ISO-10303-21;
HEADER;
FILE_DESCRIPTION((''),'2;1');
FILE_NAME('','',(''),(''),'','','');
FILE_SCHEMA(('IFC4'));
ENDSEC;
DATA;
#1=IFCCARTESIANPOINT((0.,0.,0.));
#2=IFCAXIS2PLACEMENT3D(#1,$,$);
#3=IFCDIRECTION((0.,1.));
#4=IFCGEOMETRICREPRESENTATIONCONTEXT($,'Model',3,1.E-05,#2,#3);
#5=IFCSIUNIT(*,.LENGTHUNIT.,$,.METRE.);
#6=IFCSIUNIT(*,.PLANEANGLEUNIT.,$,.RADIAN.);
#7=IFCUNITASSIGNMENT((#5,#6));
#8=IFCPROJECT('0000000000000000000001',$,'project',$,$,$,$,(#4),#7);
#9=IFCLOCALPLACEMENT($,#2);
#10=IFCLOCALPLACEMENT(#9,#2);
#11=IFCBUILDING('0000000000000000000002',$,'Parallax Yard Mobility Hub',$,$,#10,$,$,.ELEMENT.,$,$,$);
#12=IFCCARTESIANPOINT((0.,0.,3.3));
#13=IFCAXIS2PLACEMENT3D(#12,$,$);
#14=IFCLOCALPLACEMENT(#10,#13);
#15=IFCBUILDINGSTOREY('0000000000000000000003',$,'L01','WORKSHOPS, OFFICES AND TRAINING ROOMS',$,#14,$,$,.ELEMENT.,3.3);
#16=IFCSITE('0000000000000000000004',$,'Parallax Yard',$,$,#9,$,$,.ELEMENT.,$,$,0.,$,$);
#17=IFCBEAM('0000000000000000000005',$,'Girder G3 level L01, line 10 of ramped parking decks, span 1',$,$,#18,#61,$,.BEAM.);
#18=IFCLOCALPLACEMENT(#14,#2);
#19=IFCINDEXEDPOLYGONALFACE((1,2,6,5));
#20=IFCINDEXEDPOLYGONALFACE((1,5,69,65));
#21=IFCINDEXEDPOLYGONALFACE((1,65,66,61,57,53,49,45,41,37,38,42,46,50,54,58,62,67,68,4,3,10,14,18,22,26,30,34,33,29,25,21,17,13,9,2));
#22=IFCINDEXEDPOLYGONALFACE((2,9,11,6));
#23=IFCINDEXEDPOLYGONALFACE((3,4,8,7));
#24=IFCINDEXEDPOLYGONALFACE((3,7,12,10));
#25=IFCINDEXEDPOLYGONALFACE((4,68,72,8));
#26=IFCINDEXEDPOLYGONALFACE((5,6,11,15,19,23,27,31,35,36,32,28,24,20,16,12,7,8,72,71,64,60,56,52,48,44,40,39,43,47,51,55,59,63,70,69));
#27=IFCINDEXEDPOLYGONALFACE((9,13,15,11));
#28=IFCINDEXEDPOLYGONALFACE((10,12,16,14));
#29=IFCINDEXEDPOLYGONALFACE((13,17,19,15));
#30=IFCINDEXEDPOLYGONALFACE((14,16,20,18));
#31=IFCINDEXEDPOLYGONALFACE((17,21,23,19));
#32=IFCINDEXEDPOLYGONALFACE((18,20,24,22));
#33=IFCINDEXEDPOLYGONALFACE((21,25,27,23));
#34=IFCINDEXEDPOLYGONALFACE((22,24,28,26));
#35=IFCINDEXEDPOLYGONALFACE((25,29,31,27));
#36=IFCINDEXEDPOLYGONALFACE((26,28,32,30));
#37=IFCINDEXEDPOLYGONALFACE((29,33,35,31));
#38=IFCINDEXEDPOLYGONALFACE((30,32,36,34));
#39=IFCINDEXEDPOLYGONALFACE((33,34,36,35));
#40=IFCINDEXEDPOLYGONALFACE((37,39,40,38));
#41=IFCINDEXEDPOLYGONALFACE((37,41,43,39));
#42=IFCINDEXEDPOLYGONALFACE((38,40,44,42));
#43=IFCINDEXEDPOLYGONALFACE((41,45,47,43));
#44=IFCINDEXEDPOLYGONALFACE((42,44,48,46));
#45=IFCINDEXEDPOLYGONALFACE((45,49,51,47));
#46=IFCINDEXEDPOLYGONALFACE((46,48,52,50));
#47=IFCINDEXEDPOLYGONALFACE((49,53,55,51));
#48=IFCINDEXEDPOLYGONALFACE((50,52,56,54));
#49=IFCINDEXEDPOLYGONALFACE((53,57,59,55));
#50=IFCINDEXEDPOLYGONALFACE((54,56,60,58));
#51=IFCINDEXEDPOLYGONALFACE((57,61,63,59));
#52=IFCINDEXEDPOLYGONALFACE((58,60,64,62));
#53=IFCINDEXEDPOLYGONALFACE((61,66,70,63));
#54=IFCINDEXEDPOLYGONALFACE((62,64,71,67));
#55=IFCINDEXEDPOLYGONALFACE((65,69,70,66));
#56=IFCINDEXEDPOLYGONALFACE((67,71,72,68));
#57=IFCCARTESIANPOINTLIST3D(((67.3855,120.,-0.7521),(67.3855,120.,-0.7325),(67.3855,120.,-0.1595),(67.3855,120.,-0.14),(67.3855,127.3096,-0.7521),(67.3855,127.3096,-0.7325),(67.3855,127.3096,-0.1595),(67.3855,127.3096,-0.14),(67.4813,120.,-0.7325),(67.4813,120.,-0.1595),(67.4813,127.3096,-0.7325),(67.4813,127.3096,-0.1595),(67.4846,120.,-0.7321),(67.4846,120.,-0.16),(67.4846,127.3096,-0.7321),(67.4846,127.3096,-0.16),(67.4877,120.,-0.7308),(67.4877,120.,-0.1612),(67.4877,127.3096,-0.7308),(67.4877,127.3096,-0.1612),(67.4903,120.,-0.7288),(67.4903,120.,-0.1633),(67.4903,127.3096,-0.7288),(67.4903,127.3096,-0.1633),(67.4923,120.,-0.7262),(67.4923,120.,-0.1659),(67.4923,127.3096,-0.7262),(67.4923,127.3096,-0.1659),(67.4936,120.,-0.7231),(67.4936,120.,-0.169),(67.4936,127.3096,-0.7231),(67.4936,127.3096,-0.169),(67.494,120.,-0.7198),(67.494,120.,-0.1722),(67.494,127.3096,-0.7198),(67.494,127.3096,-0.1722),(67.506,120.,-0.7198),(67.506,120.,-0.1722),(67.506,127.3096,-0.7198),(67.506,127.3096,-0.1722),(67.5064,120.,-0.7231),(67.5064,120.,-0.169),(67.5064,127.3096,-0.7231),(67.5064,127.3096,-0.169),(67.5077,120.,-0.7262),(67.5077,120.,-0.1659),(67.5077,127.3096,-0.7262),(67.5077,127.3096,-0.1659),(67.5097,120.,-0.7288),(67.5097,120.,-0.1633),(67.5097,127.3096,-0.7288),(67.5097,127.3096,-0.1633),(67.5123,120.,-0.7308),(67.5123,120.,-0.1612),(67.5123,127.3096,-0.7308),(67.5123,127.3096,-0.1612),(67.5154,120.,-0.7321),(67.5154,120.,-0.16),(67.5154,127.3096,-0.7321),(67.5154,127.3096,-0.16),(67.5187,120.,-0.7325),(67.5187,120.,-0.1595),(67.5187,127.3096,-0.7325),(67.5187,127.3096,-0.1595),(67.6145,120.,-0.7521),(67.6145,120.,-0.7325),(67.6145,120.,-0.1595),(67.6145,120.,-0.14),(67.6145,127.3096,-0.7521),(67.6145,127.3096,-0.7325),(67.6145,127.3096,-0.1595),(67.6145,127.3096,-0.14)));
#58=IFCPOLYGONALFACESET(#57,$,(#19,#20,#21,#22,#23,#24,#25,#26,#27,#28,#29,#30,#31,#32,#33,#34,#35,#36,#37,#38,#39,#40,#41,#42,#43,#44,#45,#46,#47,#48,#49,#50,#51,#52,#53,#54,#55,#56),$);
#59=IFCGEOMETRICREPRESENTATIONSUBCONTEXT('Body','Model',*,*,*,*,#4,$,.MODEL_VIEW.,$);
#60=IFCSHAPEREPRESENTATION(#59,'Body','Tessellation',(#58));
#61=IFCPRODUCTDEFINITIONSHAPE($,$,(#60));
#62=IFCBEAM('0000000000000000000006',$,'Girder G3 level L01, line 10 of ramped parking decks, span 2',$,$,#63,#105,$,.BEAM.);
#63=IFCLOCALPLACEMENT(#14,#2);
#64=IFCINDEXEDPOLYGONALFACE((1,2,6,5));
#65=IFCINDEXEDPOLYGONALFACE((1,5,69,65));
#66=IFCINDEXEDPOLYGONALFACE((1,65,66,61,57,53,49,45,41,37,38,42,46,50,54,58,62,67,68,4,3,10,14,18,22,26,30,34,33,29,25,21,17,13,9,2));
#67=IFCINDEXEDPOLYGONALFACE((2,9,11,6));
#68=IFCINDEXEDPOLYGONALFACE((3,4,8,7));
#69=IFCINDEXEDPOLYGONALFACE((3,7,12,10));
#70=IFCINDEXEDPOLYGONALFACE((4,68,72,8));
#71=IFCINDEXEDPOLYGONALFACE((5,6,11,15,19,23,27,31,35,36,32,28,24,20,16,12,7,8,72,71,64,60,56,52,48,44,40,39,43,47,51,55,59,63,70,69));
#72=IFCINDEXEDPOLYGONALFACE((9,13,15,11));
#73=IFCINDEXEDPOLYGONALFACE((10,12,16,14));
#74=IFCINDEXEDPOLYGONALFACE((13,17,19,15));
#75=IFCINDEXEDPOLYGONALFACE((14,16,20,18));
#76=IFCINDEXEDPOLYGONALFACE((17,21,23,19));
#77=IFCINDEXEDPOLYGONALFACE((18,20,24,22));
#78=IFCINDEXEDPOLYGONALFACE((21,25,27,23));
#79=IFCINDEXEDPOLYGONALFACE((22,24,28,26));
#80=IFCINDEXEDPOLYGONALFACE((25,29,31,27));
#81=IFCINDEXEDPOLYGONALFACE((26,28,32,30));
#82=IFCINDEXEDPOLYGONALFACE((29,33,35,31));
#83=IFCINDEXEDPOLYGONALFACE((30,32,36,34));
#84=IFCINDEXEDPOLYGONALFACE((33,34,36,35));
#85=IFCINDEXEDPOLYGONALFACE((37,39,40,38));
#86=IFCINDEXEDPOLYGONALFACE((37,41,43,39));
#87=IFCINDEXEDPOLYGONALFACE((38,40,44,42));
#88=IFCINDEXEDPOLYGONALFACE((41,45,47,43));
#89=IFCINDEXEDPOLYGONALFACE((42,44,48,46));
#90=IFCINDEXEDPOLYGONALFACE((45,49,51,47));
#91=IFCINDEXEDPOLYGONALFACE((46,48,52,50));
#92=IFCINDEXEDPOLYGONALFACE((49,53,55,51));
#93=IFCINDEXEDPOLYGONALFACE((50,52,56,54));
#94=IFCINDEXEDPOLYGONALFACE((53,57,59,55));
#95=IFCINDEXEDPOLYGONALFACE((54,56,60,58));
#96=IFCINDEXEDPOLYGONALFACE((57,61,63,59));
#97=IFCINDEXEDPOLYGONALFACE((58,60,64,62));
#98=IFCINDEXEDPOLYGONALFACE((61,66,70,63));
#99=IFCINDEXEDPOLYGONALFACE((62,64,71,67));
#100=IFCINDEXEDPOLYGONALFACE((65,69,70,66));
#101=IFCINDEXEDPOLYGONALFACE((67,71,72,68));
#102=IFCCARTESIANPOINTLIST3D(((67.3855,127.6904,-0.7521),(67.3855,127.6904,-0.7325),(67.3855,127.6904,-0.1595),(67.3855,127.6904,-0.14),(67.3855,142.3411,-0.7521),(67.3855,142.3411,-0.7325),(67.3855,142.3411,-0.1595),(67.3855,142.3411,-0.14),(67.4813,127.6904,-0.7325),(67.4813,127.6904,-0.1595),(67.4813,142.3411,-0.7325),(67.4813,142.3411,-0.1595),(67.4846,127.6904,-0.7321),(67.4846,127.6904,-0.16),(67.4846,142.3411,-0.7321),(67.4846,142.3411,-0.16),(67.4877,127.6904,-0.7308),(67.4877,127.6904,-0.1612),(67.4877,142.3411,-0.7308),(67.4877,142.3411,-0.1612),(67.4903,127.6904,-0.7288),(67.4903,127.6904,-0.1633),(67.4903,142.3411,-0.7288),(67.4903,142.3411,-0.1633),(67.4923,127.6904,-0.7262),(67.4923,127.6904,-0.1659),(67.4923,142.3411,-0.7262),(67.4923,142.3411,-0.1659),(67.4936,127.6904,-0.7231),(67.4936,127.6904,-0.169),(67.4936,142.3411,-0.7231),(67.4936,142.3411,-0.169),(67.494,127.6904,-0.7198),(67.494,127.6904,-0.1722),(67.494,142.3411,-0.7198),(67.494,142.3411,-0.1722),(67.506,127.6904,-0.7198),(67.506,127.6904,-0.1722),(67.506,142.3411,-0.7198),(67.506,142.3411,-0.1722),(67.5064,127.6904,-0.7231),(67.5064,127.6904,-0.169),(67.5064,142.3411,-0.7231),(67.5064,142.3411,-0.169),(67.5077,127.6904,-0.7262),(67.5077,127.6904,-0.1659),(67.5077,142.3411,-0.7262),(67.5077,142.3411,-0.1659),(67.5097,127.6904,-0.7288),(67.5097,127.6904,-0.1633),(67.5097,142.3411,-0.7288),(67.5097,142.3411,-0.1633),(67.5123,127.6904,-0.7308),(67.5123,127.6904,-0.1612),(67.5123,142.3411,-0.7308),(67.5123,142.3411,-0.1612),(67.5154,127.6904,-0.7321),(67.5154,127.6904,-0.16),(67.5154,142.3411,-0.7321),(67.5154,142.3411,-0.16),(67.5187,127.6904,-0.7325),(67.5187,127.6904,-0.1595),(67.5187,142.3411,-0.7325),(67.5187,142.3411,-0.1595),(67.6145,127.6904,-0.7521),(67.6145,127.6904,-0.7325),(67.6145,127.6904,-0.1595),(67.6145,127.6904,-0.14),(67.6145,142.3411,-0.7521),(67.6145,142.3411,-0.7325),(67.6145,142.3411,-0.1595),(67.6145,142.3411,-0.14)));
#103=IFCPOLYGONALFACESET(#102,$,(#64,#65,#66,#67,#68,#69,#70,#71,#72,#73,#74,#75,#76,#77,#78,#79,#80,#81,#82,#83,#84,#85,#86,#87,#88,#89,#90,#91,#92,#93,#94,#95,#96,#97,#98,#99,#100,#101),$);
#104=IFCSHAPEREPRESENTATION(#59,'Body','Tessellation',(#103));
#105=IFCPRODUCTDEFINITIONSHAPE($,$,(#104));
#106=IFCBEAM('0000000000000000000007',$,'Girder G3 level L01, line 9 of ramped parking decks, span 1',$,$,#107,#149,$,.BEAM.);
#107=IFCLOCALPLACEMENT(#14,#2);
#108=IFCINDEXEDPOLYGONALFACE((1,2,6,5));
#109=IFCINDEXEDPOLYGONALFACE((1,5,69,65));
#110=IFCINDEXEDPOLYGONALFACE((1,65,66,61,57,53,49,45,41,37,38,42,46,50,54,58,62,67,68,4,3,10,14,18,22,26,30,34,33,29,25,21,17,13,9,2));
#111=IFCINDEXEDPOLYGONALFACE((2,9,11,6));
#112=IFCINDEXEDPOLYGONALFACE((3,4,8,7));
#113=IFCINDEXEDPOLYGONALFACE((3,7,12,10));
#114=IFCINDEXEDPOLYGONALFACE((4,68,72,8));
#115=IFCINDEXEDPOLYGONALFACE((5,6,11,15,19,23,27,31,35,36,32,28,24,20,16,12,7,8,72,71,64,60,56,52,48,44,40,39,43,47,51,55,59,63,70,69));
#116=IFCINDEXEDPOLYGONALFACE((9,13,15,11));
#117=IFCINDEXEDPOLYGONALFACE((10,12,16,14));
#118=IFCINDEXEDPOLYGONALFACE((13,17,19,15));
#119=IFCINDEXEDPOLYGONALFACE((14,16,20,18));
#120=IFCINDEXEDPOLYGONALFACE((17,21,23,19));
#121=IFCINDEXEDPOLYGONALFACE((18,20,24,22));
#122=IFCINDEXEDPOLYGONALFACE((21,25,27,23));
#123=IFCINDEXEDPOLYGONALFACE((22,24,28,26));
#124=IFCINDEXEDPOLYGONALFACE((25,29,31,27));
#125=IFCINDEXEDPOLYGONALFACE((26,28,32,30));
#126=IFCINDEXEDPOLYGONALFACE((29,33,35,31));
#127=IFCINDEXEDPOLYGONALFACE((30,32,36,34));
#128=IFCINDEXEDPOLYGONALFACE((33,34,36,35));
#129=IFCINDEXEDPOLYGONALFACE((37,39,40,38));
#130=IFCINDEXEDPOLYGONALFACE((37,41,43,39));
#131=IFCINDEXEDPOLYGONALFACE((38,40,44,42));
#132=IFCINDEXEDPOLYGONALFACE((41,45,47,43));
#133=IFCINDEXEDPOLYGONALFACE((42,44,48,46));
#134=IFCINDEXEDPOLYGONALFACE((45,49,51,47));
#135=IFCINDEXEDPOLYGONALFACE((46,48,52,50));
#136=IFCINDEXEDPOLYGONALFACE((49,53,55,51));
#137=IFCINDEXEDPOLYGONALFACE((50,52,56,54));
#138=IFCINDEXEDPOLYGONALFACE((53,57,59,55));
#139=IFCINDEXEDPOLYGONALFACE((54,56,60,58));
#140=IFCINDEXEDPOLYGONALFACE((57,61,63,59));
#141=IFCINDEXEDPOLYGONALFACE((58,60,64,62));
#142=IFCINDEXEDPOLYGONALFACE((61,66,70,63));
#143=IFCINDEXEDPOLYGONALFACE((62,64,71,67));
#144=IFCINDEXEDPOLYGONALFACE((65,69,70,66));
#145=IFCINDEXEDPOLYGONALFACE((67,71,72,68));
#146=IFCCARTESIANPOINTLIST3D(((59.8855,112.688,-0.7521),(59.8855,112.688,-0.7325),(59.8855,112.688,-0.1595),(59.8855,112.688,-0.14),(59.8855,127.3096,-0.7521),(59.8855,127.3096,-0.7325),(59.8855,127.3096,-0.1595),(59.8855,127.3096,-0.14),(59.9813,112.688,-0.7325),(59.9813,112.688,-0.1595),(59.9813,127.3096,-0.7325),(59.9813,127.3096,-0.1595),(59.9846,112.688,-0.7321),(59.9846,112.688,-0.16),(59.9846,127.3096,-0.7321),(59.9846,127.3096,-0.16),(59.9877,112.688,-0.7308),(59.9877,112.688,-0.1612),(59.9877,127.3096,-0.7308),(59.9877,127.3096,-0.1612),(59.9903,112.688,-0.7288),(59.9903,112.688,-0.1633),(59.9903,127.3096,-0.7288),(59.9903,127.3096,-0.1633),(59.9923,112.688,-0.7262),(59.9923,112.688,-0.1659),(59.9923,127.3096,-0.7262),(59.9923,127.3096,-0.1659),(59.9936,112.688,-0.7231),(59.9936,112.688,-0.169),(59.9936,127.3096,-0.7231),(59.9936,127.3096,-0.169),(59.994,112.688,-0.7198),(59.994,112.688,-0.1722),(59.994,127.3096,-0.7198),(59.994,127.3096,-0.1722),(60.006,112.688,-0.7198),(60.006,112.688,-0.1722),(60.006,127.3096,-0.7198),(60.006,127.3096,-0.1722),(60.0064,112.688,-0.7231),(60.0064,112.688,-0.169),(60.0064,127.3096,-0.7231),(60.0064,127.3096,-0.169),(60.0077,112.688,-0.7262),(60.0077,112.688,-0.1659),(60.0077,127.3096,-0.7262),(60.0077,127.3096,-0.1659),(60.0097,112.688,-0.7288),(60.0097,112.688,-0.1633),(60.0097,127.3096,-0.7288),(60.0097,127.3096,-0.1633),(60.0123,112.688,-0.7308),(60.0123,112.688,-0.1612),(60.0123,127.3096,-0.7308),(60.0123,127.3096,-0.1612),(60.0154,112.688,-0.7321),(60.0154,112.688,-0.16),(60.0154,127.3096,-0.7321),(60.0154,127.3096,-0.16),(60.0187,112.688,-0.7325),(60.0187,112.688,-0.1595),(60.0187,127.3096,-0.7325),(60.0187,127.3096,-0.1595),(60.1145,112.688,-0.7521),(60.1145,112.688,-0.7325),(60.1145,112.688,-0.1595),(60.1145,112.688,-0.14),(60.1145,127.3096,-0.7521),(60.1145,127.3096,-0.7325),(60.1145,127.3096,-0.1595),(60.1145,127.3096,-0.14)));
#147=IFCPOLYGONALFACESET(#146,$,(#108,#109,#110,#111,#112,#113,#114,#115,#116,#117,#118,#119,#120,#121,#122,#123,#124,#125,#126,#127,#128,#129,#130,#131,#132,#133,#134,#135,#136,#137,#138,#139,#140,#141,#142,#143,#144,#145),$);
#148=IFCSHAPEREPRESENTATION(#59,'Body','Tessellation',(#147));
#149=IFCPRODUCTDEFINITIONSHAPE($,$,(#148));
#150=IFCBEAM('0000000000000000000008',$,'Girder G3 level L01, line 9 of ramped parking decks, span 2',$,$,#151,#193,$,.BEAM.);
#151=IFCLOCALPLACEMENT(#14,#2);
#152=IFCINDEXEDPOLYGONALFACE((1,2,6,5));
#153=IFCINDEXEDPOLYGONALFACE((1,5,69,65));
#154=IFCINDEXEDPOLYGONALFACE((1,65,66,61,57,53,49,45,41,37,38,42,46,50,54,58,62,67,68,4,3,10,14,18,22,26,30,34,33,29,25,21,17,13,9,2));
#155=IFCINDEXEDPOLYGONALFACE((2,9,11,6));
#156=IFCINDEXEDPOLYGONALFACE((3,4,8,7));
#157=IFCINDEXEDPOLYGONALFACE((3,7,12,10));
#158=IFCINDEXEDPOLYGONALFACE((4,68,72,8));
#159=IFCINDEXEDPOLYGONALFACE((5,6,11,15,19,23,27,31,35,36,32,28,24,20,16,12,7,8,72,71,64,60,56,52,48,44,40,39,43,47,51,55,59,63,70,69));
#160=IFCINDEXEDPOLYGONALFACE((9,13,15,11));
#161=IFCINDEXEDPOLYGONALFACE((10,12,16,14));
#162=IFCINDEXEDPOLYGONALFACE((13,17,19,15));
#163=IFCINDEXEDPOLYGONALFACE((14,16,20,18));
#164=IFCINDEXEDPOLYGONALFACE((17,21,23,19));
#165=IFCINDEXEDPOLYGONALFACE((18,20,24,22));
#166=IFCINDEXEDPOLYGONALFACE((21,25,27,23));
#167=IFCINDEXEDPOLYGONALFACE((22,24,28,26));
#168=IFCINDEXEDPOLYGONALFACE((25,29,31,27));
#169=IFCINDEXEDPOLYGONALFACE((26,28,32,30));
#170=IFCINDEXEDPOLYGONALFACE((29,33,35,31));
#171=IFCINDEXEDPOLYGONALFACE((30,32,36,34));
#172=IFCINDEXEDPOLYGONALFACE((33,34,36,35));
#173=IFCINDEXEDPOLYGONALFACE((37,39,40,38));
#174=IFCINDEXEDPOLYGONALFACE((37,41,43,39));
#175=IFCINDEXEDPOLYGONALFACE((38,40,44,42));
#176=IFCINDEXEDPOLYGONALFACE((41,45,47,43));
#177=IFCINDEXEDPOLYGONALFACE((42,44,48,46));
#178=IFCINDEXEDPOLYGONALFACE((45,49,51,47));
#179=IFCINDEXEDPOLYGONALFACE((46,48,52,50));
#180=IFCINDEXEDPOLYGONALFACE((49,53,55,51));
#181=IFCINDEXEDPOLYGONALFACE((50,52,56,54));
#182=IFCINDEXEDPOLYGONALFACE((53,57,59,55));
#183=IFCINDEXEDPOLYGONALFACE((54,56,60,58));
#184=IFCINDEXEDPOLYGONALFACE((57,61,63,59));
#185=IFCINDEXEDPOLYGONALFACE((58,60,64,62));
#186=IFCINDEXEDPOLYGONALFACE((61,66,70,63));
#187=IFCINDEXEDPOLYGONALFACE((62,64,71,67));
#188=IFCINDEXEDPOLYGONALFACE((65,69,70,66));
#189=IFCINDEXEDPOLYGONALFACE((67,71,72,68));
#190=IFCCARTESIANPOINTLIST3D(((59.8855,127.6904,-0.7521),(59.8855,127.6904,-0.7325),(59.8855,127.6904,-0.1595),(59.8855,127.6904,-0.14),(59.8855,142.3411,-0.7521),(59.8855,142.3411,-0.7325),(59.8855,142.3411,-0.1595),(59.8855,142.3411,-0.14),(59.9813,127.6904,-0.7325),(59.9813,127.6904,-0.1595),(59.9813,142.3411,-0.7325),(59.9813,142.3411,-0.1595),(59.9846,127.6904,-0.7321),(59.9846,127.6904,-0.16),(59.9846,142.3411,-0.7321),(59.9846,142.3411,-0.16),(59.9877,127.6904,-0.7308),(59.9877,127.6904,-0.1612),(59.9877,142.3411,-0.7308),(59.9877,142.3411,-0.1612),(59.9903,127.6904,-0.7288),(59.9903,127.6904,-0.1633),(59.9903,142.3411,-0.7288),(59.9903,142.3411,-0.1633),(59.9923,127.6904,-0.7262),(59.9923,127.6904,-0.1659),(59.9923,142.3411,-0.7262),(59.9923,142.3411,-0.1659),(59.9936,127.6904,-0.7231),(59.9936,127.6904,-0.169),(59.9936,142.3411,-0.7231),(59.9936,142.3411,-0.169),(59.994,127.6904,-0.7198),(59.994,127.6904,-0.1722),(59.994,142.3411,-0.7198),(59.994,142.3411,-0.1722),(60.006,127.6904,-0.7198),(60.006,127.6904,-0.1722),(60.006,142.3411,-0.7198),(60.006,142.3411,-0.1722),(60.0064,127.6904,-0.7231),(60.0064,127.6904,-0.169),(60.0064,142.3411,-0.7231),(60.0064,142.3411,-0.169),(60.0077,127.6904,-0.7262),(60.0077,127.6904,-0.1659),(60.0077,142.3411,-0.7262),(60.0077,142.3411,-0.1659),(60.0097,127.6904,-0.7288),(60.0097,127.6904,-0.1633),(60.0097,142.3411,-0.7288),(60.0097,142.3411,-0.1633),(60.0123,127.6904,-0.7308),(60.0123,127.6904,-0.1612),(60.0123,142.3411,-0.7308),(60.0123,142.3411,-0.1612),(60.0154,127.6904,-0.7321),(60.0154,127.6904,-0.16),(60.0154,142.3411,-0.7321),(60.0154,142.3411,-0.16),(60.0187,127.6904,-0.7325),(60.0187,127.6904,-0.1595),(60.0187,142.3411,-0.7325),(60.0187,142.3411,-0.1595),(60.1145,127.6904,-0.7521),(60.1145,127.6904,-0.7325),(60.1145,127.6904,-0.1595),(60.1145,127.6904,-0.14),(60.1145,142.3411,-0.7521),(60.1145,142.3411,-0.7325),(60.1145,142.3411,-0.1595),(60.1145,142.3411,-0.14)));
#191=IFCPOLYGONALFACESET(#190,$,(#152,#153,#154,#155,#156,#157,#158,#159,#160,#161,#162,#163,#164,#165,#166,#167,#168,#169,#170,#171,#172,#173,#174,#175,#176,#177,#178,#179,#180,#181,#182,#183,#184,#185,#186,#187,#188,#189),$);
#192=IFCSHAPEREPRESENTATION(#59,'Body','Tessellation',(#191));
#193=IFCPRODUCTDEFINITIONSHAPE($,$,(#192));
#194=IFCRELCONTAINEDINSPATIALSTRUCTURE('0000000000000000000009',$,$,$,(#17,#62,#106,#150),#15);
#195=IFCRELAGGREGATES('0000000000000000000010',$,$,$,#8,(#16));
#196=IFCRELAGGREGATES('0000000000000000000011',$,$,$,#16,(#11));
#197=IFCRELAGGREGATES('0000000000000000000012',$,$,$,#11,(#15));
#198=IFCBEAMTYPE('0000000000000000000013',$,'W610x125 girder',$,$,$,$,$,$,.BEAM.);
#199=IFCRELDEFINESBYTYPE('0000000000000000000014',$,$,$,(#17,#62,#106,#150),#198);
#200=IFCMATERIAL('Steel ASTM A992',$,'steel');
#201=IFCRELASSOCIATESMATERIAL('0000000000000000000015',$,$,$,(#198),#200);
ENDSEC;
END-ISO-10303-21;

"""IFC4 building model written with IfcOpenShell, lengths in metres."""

from ifc_helpers import new_model, si_unit, direction, frame, origin, origin_2d, place, context, subcontext, project, spatial, i_section, extrude, material, material_profile, profile_set, type_object, element, save


model = new_model("IFC4")

# Units and contexts
model_context = context("Model", 3, precision=1e-05, world=origin(), true_north=direction((0.0, 1.0)))
body_context = subcontext(model_context, "Body", "Model", "MODEL_VIEW")
ifc_project = project(units=[si_unit("LENGTHUNIT", "METRE"), si_unit("PLANEANGLEUNIT", "RADIAN")], contexts=[model_context])

# Site, building, storey
site_placement = place(None, origin())
site = spatial("IfcSite", under=ifc_project, at=site_placement, Name="Parallax Yard", CompositionType="ELEMENT", RefElevation=0.0)
building_placement = place(site_placement, origin())
building = spatial("IfcBuilding", under=site, at=building_placement, Name="Parallax Yard Mobility Hub", CompositionType="ELEMENT")
storey_placement = place(building_placement, frame((0.0, 0.0, 3.3)))
storey = spatial("IfcBuildingStorey", under=building, at=storey_placement, Name="L01", Description="WORKSHOPS, OFFICES AND TRAINING ROOMS", CompositionType="ELEMENT", Elevation=3.3)

# Shared definitions
ifc_material_1 = material(Name="Steel ASTM A992", Category="steel")

# Beams
ifc_material_profile_1 = material_profile(ifc_material_1, i_section(OverallWidth=0.229, OverallDepth=0.6121, WebThickness=0.012, FlangeThickness=0.0195, FilletRadius=0.0127, at=origin_2d()), Name="W610x125")
ifc_profile_set_1 = profile_set([ifc_material_profile_1], Name="Steel ASTM A992")
beam_type_1 = type_object("IfcBeamType", Name="W610x125 girder", PredefinedType="BEAM", material=ifc_profile_set_1)
beam_1_placement = place(storey_placement, frame((67.5, 120.0, -0.446), z_axis=(0.0, 1.0, 0.0), x_axis=(-1.0, 0.0, 0.0)))
element("IfcBeam", 1, at=beam_1_placement, inside=storey, type_object=beam_type_1, Name="Girder G3 level L01, line 10 of ramped parking decks, span 1", PredefinedType="BEAM", context=body_context, shape_type="SweptSolid", body=[
    extrude(i_section(OverallWidth=0.229, OverallDepth=0.6121, WebThickness=0.012, FlangeThickness=0.0195, FilletRadius=0.0127, at=origin_2d()), origin(), (0.0, 0.0, 1.0), 7.3096),
])
beam_2_placement = place(storey_placement, frame((67.5, 127.6904, -0.446), z_axis=(0.0, 1.0, 0.0), x_axis=(-1.0, 0.0, 0.0)))
element("IfcBeam", 2, at=beam_2_placement, inside=storey, type_object=beam_type_1, Name="Girder G3 level L01, line 10 of ramped parking decks, span 2", PredefinedType="BEAM", context=body_context, shape_type="SweptSolid", body=[
    extrude(i_section(OverallWidth=0.229, OverallDepth=0.6121, WebThickness=0.012, FlangeThickness=0.0195, FilletRadius=0.0127, at=origin_2d()), origin(), (0.0, 0.0, 1.0), 14.6506),
])
beam_3_placement = place(storey_placement, frame((60.0, 112.688, -0.446), z_axis=(0.0, 1.0, 0.0), x_axis=(-1.0, 0.0, 0.0)))
element("IfcBeam", 3, at=beam_3_placement, inside=storey, type_object=beam_type_1, Name="Girder G3 level L01, line 9 of ramped parking decks, span 1", PredefinedType="BEAM", context=body_context, shape_type="SweptSolid", body=[
    extrude(i_section(OverallWidth=0.229, OverallDepth=0.6121, WebThickness=0.012, FlangeThickness=0.0195, FilletRadius=0.0127, at=origin_2d()), origin(), (0.0, 0.0, 1.0), 14.6216),
])
beam_4_placement = place(storey_placement, frame((60.0, 127.6904, -0.446), z_axis=(0.0, 1.0, 0.0), x_axis=(-1.0, 0.0, 0.0)))
element("IfcBeam", 4, at=beam_4_placement, inside=storey, type_object=beam_type_1, Name="Girder G3 level L01, line 9 of ramped parking decks, span 2", PredefinedType="BEAM", context=body_context, shape_type="SweptSolid", body=[
    extrude(i_section(OverallWidth=0.229, OverallDepth=0.6121, WebThickness=0.012, FlangeThickness=0.0195, FilletRadius=0.0127, at=origin_2d()), origin(), (0.0, 0.0, 1.0), 14.6506),
])

save(model, "model.ifc")
